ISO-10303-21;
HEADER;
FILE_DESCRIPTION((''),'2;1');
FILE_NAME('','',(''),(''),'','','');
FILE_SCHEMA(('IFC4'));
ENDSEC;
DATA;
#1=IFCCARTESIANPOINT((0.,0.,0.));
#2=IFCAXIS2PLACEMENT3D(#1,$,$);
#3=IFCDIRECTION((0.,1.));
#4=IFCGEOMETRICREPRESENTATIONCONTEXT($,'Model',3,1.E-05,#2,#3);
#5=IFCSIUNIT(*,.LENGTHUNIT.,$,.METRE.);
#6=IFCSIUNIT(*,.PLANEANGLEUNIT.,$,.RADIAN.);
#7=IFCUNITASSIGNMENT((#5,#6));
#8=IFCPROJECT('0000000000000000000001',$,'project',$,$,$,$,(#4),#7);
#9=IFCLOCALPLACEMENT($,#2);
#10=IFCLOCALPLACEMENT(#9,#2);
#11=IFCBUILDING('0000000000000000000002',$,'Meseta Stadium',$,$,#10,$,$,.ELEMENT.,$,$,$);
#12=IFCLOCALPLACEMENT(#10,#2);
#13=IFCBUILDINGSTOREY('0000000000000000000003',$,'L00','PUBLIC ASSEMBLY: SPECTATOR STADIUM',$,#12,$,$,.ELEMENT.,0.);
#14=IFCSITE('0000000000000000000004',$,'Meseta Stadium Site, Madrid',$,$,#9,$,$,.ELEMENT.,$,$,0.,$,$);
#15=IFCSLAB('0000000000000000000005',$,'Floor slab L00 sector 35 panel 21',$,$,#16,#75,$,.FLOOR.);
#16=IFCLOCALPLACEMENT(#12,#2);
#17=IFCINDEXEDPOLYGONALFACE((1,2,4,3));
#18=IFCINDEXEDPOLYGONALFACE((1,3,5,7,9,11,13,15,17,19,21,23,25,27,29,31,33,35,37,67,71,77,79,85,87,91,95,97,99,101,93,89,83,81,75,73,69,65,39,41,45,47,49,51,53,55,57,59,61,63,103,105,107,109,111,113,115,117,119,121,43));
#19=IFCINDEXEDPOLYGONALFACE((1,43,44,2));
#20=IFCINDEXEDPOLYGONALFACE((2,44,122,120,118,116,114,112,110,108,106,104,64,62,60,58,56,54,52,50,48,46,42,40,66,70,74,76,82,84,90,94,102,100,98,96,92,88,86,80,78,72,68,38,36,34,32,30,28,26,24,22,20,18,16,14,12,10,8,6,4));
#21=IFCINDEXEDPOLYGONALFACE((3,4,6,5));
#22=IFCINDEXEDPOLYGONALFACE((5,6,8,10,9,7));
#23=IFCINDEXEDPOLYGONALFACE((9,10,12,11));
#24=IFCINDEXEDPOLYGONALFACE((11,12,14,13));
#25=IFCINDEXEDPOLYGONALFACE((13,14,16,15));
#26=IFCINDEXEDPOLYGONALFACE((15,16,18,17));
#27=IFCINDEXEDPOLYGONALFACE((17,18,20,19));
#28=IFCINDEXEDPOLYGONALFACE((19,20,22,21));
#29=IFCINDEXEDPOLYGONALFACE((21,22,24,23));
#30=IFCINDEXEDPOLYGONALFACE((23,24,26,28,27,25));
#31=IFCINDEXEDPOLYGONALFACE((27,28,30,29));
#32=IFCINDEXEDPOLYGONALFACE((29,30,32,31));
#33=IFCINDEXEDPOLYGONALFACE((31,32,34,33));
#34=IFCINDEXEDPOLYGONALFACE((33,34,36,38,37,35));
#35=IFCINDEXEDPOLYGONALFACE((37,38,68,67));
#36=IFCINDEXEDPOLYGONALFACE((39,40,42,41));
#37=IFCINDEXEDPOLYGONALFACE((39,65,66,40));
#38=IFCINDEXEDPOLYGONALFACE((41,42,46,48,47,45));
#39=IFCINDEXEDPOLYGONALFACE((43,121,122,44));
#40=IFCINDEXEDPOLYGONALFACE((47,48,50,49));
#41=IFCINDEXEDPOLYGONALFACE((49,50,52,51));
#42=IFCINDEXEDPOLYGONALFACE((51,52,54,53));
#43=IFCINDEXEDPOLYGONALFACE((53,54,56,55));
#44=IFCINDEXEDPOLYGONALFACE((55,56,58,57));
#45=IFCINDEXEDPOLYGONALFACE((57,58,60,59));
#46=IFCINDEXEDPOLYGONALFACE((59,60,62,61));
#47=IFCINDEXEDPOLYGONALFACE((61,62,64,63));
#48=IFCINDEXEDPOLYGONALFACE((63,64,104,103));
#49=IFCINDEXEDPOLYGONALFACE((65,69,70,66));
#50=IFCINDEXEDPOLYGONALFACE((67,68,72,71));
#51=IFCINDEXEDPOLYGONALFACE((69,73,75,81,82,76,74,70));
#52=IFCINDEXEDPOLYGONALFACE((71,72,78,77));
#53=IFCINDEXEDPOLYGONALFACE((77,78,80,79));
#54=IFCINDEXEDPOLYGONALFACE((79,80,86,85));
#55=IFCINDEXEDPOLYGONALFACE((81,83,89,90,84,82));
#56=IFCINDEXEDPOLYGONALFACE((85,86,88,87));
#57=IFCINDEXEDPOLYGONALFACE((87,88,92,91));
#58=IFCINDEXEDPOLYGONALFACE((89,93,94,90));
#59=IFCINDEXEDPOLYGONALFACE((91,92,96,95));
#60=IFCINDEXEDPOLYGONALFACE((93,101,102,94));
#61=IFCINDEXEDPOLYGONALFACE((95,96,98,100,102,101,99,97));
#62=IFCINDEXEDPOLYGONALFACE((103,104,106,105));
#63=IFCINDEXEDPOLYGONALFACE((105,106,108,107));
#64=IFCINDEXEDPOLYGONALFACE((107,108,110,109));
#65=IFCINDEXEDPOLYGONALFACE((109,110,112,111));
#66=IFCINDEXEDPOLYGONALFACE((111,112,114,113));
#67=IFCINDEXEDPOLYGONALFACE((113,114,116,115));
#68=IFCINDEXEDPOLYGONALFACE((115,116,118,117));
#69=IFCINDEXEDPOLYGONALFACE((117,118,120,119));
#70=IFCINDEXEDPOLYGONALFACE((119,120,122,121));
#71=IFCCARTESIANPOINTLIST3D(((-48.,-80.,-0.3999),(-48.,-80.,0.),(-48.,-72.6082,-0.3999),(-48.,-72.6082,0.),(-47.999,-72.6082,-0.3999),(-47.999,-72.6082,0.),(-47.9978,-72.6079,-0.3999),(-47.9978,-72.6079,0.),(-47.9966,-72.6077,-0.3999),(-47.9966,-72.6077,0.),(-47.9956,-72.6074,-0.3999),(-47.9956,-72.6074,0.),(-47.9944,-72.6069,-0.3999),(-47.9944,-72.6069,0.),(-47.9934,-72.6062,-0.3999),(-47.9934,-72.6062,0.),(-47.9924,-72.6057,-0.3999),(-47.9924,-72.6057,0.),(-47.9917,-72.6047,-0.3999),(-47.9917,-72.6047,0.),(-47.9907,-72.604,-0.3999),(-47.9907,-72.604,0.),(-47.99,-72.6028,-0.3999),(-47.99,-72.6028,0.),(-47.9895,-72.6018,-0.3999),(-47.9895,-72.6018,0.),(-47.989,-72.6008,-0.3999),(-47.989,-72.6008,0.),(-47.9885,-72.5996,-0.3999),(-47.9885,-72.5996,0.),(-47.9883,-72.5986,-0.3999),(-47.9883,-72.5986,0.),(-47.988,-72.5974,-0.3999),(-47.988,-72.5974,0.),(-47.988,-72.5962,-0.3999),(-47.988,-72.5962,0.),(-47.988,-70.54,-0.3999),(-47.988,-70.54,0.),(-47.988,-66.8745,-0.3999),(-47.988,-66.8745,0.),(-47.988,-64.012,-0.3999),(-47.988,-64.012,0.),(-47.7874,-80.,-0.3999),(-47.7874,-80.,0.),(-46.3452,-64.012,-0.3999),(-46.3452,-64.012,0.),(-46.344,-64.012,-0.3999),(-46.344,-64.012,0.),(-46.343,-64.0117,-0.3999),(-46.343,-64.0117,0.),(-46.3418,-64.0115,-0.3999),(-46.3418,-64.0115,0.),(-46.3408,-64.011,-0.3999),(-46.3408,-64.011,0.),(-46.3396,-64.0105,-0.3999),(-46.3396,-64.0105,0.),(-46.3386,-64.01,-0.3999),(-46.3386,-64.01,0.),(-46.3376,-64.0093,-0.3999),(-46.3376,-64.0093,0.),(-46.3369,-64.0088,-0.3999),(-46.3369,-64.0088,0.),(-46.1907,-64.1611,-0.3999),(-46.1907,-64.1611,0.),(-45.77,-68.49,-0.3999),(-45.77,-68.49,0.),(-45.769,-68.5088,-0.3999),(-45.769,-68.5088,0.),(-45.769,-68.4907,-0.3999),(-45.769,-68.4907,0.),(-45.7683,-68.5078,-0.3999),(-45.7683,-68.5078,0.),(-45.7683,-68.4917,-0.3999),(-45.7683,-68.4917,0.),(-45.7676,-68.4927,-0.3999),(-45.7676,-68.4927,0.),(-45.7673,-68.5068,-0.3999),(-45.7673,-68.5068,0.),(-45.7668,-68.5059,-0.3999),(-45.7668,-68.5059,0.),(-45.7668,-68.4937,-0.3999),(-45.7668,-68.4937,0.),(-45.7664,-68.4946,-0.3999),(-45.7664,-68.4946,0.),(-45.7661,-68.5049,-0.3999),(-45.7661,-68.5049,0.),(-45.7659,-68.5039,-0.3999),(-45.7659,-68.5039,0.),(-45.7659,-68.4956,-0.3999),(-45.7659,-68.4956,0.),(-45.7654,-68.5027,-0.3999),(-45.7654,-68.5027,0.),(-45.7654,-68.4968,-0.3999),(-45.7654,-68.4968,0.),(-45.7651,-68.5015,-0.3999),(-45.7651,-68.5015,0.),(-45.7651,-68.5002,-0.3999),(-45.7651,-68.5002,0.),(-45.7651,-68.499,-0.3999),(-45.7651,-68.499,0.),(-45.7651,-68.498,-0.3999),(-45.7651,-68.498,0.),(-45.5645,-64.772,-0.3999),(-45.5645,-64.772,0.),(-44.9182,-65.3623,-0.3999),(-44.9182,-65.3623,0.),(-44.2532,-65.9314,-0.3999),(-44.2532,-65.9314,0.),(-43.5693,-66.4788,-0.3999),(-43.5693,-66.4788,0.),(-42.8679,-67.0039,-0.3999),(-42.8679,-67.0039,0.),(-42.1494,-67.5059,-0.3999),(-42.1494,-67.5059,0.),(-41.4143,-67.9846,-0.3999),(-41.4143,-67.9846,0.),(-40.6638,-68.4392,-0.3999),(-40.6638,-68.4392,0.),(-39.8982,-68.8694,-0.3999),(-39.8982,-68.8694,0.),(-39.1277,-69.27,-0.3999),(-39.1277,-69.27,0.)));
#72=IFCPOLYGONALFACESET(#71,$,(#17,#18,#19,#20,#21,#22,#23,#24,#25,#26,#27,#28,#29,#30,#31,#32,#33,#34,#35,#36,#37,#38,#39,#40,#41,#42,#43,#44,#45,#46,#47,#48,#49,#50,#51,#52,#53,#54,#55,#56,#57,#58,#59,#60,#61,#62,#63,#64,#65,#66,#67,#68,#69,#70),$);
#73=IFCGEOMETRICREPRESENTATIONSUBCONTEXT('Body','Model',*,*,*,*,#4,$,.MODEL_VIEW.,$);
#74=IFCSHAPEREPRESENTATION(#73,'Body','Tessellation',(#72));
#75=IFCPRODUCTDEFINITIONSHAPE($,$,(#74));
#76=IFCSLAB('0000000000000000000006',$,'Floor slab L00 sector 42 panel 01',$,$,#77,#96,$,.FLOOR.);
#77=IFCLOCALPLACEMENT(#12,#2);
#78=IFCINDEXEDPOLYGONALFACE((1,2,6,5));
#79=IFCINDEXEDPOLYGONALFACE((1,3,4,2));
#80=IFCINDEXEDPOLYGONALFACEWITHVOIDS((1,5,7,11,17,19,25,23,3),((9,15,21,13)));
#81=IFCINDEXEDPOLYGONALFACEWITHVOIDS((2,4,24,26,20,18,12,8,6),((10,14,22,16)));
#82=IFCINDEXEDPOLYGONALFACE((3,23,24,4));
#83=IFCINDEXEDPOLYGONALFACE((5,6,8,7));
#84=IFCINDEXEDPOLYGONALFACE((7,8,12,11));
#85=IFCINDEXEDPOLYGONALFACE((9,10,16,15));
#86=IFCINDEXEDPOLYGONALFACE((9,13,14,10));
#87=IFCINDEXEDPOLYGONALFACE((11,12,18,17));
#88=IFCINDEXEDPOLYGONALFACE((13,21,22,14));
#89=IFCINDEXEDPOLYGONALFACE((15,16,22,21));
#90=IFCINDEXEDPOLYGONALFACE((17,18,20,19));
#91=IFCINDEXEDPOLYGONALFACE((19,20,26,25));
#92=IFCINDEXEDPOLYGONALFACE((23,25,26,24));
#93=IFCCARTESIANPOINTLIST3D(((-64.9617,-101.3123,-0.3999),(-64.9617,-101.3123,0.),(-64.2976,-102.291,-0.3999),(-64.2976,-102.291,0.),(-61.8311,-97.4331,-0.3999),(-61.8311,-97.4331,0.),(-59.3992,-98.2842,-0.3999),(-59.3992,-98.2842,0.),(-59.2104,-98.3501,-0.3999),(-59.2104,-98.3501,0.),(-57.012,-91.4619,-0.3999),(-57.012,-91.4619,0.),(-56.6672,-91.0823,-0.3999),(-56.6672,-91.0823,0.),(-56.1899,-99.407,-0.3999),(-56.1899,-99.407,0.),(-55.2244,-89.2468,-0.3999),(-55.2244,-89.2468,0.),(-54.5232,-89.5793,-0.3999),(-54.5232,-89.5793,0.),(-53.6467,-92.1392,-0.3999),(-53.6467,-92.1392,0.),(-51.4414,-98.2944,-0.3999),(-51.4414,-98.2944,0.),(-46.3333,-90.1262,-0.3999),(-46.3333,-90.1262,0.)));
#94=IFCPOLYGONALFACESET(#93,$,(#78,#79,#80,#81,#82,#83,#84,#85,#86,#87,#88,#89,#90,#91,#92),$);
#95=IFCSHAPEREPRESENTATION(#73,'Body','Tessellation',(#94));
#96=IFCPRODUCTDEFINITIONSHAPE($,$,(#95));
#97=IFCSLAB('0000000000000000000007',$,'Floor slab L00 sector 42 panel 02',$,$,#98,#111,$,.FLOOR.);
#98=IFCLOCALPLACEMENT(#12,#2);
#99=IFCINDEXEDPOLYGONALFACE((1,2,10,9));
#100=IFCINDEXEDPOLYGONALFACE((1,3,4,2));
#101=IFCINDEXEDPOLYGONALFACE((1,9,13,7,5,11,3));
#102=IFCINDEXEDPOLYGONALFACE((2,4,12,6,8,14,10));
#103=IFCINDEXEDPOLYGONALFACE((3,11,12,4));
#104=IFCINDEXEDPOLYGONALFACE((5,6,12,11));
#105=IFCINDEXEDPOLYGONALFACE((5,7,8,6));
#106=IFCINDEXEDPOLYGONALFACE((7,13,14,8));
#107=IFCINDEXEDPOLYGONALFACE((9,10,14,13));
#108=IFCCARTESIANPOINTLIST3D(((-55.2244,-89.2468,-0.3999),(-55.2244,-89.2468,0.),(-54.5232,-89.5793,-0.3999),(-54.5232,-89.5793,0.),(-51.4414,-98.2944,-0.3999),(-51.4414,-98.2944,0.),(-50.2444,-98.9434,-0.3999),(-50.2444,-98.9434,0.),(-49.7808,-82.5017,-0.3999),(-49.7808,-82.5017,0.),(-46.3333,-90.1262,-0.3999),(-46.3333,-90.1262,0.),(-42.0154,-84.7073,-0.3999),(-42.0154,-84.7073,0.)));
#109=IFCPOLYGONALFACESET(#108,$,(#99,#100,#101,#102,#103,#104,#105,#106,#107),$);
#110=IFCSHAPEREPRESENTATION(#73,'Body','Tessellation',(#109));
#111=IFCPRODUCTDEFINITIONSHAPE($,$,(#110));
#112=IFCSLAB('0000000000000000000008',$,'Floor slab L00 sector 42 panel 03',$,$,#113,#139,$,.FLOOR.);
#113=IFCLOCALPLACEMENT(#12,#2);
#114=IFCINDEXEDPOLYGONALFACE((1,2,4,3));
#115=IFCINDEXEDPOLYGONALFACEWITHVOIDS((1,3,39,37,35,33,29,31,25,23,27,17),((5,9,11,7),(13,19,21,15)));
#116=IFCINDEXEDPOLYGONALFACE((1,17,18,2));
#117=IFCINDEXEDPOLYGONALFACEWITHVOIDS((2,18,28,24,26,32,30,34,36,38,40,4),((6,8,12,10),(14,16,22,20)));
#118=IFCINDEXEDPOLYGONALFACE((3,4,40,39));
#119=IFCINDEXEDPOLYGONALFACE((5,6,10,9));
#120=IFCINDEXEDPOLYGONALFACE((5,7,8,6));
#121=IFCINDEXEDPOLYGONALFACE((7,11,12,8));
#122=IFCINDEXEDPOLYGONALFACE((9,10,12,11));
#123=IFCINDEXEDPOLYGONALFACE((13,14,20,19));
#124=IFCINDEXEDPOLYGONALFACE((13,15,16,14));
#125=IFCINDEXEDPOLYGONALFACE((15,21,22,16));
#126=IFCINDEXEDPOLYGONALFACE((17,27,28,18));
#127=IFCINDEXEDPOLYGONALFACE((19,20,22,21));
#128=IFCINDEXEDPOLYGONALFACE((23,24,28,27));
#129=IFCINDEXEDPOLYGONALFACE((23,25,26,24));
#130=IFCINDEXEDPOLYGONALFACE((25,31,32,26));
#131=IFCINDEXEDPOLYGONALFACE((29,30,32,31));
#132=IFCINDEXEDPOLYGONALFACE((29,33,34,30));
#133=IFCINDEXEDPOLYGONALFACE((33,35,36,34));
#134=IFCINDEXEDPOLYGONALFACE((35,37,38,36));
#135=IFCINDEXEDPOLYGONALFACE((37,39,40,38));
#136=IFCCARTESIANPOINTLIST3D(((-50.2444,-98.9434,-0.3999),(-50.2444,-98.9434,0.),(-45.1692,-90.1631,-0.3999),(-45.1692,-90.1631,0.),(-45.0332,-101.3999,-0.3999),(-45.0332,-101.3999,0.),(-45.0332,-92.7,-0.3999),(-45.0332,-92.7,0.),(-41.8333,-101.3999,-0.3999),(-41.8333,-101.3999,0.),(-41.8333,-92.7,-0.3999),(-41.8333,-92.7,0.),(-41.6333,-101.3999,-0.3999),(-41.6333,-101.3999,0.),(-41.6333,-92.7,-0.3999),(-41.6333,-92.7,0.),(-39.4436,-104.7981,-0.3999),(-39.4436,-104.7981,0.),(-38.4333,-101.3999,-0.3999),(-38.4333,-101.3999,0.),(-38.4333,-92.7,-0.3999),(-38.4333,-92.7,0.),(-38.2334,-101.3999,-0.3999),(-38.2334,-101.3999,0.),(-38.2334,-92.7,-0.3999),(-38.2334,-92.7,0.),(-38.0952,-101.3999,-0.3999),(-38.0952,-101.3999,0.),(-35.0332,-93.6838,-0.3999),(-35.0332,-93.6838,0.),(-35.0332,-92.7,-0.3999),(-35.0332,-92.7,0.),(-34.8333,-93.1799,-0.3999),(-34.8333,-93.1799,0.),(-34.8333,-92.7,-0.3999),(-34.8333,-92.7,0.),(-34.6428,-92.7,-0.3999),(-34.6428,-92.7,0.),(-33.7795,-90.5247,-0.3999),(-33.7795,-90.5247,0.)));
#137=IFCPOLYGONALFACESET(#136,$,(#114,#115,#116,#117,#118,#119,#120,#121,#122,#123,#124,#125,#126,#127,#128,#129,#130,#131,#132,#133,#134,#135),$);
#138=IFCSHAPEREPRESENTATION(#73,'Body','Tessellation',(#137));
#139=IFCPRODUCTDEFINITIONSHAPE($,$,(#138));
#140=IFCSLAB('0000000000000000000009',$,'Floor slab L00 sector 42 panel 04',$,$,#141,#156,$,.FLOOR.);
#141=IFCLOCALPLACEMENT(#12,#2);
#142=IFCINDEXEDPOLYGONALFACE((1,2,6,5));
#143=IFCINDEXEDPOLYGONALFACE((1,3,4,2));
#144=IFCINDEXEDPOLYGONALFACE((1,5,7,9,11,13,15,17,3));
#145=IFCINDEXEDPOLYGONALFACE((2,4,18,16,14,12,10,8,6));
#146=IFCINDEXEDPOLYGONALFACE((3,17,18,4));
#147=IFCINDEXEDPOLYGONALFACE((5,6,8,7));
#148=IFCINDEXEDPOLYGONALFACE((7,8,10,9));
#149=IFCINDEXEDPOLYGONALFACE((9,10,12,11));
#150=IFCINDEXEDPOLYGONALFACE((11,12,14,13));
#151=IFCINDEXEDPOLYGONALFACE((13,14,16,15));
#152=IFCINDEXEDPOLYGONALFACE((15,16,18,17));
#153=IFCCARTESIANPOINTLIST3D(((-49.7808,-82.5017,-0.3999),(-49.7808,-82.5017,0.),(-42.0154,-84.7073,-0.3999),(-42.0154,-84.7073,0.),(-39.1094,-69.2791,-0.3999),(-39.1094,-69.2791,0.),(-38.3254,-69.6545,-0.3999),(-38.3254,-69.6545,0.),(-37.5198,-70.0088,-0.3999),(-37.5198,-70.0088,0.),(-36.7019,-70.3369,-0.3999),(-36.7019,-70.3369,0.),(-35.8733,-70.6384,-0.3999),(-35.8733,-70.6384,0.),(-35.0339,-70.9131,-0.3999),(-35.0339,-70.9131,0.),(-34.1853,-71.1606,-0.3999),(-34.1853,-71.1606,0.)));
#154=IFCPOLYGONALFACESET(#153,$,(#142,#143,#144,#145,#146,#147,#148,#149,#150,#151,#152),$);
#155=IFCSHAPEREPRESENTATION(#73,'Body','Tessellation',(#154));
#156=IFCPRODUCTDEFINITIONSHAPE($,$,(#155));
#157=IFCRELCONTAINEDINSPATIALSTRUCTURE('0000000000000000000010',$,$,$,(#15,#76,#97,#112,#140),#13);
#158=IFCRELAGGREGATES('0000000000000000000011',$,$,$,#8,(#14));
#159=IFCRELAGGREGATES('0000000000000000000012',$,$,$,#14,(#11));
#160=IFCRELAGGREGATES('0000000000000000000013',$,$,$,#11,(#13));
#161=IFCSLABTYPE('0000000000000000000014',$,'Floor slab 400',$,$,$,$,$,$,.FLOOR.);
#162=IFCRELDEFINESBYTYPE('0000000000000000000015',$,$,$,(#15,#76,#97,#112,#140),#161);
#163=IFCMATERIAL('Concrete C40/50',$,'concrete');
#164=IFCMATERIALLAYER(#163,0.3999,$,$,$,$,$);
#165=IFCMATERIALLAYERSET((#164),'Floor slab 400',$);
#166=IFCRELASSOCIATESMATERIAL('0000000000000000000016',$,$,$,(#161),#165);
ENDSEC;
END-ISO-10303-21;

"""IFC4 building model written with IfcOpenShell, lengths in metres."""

from ifc_helpers import new_model, si_unit, direction, frame, origin, place, context, subcontext, project, spatial, polyline, outline, extrude, material, layer, layer_set, type_object, element, save


model = new_model("IFC4")

# Units and contexts
model_context = context("Model", 3, precision=1e-05, world=origin(), true_north=direction((0.0, 1.0)))
body_context = subcontext(model_context, "Body", "Model", "MODEL_VIEW")
ifc_project = project(units=[si_unit("LENGTHUNIT", "METRE"), si_unit("PLANEANGLEUNIT", "RADIAN")], contexts=[model_context])

# Site, building, storey
site_placement = place(None, origin())
site = spatial("IfcSite", under=ifc_project, at=site_placement, Name="Meseta Stadium Site, Madrid", CompositionType="ELEMENT", RefElevation=0.0)
building_placement = place(site_placement, origin())
building = spatial("IfcBuilding", under=site, at=building_placement, Name="Meseta Stadium", CompositionType="ELEMENT")
storey_placement = place(building_placement, origin())
storey = spatial("IfcBuildingStorey", under=building, at=storey_placement, Name="L00", Description="PUBLIC ASSEMBLY: SPECTATOR STADIUM", CompositionType="ELEMENT", Elevation=0.0)

# Slabs
ifc_material = material(Name="Concrete C40/50", Category="concrete")
ifc_layer = layer(ifc_material, 0.3999)
ifc_layer_set = layer_set([ifc_layer], Name="Floor slab 400")
slab_type = type_object("IfcSlabType", Name="Floor slab 400", PredefinedType="FLOOR", material=ifc_layer_set)
slab_1_placement = place(storey_placement, frame((0.0, 0.0, -0.3999)))
element("IfcSlab", 1, at=slab_1_placement, inside=storey, type_object=slab_type, Name="Floor slab L00 sector 35 panel 21", PredefinedType="FLOOR", context=body_context, shape_type="SweptSolid", body=[
    extrude(outline(polyline([(-46.1907, -64.1611), (-46.3369, -64.0088), (-46.3376, -64.0093), (-46.3386, -64.01), (-46.3396, -64.0105), (-46.3408, -64.011), (-46.3418, -64.0115), (-46.343, -64.0117), (-46.344, -64.012), (-46.3452, -64.012), (-47.988, -64.012), (-47.988, -66.8745), (-45.77, -68.49), (-45.769, -68.4907), (-45.7683, -68.4917), (-45.7676, -68.4927), (-45.7668, -68.4937), (-45.7664, -68.4946), (-45.7659, -68.4956), (-45.7654, -68.4968), (-45.7651, -68.498), (-45.7651, -68.499), (-45.7651, -68.5002), (-45.7651, -68.5015), (-45.7654, -68.5027), (-45.7659, -68.5039), (-45.7661, -68.5049), (-45.7668, -68.5059), (-45.7673, -68.5068), (-45.7683, -68.5078), (-45.769, -68.5088), (-47.988, -70.54), (-47.988, -72.5962), (-47.988, -72.5974), (-47.9883, -72.5986), (-47.9885, -72.5996), (-47.989, -72.6008), (-47.9895, -72.6018), (-47.99, -72.6028), (-47.9907, -72.604), (-47.9917, -72.6047), (-47.9924, -72.6057), (-47.9934, -72.6062), (-47.9944, -72.6069), (-47.9956, -72.6074), (-47.9966, -72.6077), (-47.9978, -72.6079), (-47.999, -72.6082), (-48.0, -72.6082), (-48.0, -80.0), (-47.7874, -80.0), (-39.1277, -69.27), (-39.8982, -68.8694), (-40.6638, -68.4392), (-41.4143, -67.9846), (-42.1494, -67.5059), (-42.8679, -67.0039), (-43.5693, -66.4788), (-44.2532, -65.9314), (-44.9182, -65.3623), (-45.5645, -64.772), (-46.1907, -64.1611)])), origin(), (0.0, 0.0, 1.0), 0.3999),
])
slab_2_placement = place(storey_placement, frame((0.0, 0.0, -0.3999)))
element("IfcSlab", 2, at=slab_2_placement, inside=storey, type_object=slab_type, Name="Floor slab L00 sector 42 panel 01", PredefinedType="FLOOR", context=body_context, shape_type="SweptSolid", body=[
    extrude(outline(polyline([(-59.3992, -98.2842), (-61.8311, -97.4331), (-64.9617, -101.3123), (-64.2976, -102.291), (-51.4414, -98.2944), (-46.3333, -90.1262), (-54.5232, -89.5793), (-55.2244, -89.2468), (-57.012, -91.4619), (-59.3992, -98.2842)]), holes=[polyline([(-56.6672, -91.0823), (-53.6467, -92.1392), (-56.1899, -99.407), (-59.2104, -98.3501), (-56.6672, -91.0823)])]), origin(), (0.0, 0.0, 1.0), 0.3999),
])
slab_3_placement = place(storey_placement, frame((0.0, 0.0, -0.3999)))
element("IfcSlab", 3, at=slab_3_placement, inside=storey, type_object=slab_type, Name="Floor slab L00 sector 42 panel 02", PredefinedType="FLOOR", context=body_context, shape_type="SweptSolid", body=[
    extrude(outline(polyline([(-55.2244, -89.2468), (-54.5232, -89.5793), (-46.3333, -90.1262), (-51.4414, -98.2944), (-50.2444, -98.9434), (-42.0154, -84.7073), (-49.7808, -82.5017), (-55.2244, -89.2468)])), origin(), (0.0, 0.0, 1.0), 0.3999),
])
slab_4_placement = place(storey_placement, frame((0.0, 0.0, -0.3999)))
element("IfcSlab", 4, at=slab_4_placement, inside=storey, type_object=slab_type, Name="Floor slab L00 sector 42 panel 03", PredefinedType="FLOOR", context=body_context, shape_type="SweptSolid", body=[
    extrude(outline(polyline([(-45.1692, -90.1631), (-50.2444, -98.9434), (-39.4436, -104.7981), (-38.0952, -101.3999), (-38.2334, -101.3999), (-38.2334, -92.7), (-35.0332, -92.7), (-35.0332, -93.6838), (-34.8333, -93.1799), (-34.8333, -92.7), (-34.6428, -92.7), (-33.7795, -90.5247), (-45.1692, -90.1631)]), holes=[polyline([(-45.0332, -92.7), (-41.8333, -92.7), (-41.8333, -101.3999), (-45.0332, -101.3999), (-45.0332, -92.7)]), polyline([(-41.6333, -92.7), (-38.4333, -92.7), (-38.4333, -101.3999), (-41.6333, -101.3999), (-41.6333, -92.7)])]), origin(), (0.0, 0.0, 1.0), 0.3999),
])
slab_5_placement = place(storey_placement, frame((0.0, 0.0, -0.3999)))
element("IfcSlab", 5, at=slab_5_placement, inside=storey, type_object=slab_type, Name="Floor slab L00 sector 42 panel 04", PredefinedType="FLOOR", context=body_context, shape_type="SweptSolid", body=[
    extrude(outline(polyline([(-39.1094, -69.2791), (-49.7808, -82.5017), (-42.0154, -84.7073), (-34.1853, -71.1606), (-35.0339, -70.9131), (-35.8733, -70.6384), (-36.7019, -70.3369), (-37.5198, -70.0088), (-38.3254, -69.6545), (-39.1094, -69.2791)])), origin(), (0.0, 0.0, 1.0), 0.3999),
])

save(model, "model.ifc")
